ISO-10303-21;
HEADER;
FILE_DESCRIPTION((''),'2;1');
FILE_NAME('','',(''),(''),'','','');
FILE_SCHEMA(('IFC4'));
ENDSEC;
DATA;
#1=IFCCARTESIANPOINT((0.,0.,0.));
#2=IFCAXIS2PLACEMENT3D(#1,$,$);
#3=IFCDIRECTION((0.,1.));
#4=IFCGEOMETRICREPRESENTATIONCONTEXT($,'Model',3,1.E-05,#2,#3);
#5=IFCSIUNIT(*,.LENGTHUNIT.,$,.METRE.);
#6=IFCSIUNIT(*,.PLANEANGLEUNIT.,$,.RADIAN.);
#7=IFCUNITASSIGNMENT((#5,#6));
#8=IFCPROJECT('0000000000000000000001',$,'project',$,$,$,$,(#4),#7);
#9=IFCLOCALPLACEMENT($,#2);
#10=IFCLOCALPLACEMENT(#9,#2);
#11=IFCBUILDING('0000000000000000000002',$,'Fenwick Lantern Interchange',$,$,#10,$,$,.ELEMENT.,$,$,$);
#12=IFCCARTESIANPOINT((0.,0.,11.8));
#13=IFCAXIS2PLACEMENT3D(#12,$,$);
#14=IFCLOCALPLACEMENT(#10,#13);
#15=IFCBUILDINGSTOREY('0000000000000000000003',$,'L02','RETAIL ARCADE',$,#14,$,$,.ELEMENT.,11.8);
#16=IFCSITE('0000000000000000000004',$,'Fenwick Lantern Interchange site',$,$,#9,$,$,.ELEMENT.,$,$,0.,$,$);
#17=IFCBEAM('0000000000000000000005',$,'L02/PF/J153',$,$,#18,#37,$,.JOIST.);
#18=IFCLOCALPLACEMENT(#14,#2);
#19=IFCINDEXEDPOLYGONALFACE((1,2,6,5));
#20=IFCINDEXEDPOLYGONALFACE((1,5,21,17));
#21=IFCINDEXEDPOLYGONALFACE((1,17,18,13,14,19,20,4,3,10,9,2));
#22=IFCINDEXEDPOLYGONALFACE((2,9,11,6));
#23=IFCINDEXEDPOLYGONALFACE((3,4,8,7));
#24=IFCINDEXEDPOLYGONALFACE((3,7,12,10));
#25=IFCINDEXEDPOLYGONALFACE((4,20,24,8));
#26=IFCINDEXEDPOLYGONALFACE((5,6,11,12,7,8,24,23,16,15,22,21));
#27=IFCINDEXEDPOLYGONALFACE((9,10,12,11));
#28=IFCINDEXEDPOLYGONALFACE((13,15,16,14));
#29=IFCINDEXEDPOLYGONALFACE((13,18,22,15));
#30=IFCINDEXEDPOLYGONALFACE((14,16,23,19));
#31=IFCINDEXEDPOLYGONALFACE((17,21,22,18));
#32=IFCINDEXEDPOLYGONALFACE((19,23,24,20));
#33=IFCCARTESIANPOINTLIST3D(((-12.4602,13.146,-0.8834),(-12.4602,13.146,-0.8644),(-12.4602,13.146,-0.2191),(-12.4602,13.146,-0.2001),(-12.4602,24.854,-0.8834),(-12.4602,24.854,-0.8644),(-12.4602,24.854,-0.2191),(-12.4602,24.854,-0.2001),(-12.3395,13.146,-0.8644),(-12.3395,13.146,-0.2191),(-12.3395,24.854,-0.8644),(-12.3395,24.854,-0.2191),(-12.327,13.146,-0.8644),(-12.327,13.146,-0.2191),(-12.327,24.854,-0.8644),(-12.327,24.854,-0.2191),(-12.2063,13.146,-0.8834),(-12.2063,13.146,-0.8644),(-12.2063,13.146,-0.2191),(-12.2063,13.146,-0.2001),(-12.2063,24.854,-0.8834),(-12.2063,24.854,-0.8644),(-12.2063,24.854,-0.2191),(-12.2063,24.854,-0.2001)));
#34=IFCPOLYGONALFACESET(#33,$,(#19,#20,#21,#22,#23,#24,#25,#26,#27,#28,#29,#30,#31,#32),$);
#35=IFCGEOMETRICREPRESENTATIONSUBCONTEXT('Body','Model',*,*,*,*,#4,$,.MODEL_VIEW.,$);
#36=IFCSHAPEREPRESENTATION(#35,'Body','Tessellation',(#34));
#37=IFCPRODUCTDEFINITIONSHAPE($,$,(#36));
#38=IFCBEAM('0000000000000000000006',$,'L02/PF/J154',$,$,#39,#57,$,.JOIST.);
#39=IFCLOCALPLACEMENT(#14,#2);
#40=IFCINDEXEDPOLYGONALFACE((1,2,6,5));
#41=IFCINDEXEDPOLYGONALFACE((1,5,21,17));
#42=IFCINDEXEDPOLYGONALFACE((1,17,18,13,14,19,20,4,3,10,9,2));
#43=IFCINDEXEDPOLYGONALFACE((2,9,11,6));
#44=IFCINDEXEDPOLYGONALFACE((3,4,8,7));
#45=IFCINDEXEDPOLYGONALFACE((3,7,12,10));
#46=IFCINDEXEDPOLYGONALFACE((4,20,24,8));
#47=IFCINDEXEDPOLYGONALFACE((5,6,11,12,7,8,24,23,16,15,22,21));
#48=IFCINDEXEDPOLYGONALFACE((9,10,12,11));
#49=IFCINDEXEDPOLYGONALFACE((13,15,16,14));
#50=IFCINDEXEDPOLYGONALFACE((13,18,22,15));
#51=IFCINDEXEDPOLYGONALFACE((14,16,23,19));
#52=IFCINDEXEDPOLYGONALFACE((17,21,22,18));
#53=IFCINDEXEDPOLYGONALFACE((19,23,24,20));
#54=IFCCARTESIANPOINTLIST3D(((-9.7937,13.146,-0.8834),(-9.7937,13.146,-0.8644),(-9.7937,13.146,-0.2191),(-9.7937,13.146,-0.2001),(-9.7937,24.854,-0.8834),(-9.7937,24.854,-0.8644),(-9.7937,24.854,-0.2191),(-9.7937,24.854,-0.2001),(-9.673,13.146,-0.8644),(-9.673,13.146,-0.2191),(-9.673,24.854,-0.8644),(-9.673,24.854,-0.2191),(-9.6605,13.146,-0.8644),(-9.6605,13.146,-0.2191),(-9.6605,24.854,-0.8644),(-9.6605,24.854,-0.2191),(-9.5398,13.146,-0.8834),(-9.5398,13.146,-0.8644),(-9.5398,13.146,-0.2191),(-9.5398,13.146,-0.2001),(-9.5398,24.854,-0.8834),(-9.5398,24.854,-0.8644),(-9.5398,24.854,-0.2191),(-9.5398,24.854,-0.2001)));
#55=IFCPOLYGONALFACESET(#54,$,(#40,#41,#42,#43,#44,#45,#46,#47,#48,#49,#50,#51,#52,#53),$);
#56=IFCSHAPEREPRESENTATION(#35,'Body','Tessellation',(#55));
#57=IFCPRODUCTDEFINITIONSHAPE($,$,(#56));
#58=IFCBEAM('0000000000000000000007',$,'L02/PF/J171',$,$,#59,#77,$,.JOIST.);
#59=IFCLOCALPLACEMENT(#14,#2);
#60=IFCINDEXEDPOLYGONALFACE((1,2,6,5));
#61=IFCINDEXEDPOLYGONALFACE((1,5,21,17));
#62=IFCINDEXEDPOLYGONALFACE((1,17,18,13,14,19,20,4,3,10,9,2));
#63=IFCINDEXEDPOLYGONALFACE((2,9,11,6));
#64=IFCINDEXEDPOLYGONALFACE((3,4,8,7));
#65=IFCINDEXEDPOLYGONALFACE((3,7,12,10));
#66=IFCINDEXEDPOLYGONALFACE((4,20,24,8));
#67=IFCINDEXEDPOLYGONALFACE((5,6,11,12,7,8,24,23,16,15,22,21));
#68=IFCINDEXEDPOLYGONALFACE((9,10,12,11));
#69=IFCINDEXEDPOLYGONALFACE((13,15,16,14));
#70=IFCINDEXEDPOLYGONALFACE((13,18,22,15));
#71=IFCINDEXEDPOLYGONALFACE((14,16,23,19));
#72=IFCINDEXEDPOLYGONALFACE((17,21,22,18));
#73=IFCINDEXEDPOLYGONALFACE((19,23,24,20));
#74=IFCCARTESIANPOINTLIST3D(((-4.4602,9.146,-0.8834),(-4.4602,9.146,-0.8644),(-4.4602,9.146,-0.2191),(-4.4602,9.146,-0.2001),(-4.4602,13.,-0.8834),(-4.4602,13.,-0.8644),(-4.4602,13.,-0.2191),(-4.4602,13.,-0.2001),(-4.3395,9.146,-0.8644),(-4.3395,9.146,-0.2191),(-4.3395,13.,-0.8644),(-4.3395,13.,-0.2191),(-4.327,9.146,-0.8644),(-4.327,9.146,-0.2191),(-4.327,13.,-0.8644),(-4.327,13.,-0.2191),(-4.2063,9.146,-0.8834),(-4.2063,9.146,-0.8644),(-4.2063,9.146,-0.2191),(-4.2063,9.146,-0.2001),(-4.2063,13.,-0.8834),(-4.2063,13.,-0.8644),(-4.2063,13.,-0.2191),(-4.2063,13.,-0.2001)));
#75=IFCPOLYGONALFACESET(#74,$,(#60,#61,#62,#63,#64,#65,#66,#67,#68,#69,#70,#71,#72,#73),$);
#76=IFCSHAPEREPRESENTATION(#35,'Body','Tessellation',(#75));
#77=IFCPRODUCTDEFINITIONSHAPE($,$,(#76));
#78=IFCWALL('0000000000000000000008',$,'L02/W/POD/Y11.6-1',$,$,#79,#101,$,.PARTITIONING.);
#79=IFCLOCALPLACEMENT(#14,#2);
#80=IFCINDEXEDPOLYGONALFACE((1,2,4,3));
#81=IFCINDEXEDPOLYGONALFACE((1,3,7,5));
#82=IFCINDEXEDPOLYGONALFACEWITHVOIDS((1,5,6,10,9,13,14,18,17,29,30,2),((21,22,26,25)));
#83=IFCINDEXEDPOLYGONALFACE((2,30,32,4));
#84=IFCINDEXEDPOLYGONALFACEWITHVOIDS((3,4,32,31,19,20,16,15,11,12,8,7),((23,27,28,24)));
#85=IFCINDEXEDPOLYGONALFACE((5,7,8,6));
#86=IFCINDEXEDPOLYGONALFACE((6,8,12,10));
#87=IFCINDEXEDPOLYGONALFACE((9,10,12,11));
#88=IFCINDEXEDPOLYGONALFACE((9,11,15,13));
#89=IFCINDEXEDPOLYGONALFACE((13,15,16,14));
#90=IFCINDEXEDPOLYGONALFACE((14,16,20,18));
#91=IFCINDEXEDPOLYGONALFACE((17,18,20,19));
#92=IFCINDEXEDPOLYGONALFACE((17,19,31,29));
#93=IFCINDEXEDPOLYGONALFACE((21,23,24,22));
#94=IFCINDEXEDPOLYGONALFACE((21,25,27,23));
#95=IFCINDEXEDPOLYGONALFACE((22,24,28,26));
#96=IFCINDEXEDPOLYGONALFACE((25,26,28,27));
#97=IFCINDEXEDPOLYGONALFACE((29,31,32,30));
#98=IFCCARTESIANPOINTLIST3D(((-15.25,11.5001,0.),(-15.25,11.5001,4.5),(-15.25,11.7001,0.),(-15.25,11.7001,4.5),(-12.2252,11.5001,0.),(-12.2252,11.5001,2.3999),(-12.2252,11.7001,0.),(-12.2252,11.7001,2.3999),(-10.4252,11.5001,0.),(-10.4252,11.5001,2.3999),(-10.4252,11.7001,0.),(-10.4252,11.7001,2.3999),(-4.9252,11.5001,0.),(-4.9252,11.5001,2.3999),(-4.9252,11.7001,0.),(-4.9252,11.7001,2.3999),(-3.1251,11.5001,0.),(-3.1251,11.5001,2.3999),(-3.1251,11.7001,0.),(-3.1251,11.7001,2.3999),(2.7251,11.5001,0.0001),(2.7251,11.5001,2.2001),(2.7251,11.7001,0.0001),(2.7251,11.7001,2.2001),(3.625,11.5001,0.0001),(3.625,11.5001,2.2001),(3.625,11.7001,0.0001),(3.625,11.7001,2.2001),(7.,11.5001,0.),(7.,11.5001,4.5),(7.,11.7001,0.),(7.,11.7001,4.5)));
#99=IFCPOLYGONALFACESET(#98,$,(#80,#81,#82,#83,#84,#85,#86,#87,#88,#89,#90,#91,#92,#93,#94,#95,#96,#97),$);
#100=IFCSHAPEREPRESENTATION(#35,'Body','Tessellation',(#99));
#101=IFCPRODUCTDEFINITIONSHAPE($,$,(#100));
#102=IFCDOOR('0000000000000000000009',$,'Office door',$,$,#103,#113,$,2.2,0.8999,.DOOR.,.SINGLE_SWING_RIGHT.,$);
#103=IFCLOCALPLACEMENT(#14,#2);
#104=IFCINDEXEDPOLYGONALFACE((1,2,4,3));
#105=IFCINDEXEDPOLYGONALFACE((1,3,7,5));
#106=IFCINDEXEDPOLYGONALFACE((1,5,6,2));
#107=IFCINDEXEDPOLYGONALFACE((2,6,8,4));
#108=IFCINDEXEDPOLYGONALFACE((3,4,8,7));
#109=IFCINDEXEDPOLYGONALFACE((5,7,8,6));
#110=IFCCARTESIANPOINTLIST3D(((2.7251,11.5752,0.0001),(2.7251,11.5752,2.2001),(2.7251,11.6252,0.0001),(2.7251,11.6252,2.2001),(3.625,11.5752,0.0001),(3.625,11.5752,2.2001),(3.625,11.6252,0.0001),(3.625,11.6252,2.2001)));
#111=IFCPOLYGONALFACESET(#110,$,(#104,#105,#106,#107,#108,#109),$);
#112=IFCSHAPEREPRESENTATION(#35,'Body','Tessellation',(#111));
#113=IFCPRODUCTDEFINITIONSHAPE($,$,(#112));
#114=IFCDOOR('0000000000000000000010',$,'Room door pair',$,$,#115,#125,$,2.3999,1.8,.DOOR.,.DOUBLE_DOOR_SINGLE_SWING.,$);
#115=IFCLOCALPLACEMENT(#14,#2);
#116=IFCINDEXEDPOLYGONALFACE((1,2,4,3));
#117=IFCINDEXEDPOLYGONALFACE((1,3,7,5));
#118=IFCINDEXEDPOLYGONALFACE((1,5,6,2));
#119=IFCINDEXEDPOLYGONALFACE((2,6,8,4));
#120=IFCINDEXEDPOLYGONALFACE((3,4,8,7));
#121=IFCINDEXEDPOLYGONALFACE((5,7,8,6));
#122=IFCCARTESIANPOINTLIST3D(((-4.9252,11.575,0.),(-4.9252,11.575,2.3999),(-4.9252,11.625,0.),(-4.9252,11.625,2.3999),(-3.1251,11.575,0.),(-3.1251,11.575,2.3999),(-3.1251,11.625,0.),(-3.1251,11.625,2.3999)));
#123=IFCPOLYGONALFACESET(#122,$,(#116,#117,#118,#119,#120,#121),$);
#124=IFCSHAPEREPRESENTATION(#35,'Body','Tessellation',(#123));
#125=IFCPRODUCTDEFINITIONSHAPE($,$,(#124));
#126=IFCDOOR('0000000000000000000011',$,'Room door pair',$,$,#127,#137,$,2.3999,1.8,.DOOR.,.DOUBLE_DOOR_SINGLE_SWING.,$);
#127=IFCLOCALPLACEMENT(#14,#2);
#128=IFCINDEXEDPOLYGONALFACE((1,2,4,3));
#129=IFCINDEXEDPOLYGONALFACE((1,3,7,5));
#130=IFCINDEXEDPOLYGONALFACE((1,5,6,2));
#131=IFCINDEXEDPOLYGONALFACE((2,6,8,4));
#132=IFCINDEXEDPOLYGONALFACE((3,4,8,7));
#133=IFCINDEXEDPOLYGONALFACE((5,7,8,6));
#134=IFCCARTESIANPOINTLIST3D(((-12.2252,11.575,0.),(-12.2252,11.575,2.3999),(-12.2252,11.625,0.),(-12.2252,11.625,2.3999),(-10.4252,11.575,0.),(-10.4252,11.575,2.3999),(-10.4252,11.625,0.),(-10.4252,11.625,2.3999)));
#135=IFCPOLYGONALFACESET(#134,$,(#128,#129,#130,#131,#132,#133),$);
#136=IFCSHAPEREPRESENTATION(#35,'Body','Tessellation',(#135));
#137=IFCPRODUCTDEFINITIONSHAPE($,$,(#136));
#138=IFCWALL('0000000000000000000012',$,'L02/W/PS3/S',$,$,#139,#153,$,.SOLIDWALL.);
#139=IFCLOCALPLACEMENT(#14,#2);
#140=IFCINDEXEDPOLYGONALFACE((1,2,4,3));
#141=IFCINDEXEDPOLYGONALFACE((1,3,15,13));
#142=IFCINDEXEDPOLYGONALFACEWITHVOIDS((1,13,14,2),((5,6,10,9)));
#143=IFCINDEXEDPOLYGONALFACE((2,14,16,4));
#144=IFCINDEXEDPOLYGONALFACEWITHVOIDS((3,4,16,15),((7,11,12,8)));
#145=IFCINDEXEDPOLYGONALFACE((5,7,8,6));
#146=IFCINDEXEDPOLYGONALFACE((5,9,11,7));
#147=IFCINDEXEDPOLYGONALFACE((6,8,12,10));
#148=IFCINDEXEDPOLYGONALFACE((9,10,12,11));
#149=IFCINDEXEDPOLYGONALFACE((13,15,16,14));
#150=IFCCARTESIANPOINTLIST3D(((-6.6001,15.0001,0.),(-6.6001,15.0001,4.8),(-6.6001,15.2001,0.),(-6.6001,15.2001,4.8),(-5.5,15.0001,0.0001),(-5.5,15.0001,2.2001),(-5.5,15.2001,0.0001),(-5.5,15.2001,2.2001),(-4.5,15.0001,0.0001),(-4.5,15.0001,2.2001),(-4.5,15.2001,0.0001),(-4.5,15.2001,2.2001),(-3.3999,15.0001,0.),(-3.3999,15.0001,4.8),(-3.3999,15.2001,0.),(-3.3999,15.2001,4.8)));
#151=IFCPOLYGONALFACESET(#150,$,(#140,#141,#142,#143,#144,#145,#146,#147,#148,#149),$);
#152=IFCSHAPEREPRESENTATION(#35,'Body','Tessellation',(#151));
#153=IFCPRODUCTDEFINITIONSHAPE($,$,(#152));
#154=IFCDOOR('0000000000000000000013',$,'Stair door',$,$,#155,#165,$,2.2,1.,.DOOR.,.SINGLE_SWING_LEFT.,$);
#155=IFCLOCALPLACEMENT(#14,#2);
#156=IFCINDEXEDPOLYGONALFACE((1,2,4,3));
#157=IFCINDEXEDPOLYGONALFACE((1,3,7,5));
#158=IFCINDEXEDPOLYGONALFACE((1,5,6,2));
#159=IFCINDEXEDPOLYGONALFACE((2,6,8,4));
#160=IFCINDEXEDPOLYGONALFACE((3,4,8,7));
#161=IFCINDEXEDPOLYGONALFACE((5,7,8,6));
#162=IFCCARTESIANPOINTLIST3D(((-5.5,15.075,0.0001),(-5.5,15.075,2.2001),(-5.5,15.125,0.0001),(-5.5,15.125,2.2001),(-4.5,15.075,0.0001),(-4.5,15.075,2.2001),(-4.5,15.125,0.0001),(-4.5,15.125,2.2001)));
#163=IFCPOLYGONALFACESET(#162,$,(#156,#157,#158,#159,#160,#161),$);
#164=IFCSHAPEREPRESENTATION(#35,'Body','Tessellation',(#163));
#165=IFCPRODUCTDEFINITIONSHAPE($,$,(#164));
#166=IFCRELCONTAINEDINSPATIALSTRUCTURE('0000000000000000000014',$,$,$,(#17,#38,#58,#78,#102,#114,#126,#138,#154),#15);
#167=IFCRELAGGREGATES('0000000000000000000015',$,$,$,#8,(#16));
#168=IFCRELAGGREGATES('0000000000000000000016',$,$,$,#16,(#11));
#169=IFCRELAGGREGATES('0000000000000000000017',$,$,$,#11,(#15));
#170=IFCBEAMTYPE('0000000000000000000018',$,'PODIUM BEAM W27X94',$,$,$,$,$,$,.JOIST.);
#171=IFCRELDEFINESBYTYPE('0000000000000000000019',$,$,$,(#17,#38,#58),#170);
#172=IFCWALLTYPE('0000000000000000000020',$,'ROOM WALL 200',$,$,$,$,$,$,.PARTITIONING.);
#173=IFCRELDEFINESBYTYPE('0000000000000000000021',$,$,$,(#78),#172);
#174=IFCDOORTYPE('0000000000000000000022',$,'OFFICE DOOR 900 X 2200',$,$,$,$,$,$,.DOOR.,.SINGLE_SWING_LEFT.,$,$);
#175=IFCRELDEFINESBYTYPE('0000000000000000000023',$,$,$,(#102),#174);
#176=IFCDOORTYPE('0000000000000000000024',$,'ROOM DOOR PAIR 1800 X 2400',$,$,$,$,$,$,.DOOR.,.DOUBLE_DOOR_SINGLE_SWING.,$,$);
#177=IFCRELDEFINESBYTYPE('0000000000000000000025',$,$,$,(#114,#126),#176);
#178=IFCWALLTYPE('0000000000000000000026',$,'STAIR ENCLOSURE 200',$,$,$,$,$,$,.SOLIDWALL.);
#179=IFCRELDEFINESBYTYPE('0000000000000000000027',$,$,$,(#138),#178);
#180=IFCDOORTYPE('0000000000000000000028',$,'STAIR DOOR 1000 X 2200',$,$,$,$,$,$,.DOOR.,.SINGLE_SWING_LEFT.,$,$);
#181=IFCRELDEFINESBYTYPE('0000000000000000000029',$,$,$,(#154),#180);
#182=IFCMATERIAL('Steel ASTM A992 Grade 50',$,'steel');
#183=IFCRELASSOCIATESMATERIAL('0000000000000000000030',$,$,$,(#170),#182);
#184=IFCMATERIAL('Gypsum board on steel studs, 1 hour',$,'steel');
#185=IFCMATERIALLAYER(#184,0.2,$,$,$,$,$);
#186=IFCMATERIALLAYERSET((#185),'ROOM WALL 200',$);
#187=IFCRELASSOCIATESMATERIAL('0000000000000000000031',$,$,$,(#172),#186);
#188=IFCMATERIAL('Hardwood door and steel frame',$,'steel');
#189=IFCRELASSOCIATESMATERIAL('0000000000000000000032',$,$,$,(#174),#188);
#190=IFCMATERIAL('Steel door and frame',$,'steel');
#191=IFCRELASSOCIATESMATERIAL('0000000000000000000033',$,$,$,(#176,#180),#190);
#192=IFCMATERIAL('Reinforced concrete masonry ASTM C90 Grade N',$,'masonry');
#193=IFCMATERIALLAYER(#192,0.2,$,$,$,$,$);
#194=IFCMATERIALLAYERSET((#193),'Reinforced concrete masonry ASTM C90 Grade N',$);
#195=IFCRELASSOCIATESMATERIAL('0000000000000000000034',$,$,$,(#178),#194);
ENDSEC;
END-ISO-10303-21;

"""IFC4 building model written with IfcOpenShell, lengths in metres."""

from ifc_helpers import new_model, si_unit, direction, frame, frame_2d, origin, origin_2d, place, context, subcontext, project, spatial, rectangle, i_section, extrude, material, layer, layer_set, material_profile, profile_set, type_object, element, fill, save


model = new_model("IFC4")

# Units and contexts
model_context = context("Model", 3, precision=1e-05, world=origin(), true_north=direction((0.0, 1.0)))
body_context = subcontext(model_context, "Body", "Model", "MODEL_VIEW")
ifc_project = project(units=[si_unit("LENGTHUNIT", "METRE"), si_unit("PLANEANGLEUNIT", "RADIAN")], contexts=[model_context])

# Site, building, storey
site_placement = place(None, origin())
site = spatial("IfcSite", under=ifc_project, at=site_placement, Name="Fenwick Lantern Interchange site", CompositionType="ELEMENT", RefElevation=0.0)
building_placement = place(site_placement, origin())
building = spatial("IfcBuilding", under=site, at=building_placement, Name="Fenwick Lantern Interchange", CompositionType="ELEMENT")
storey_placement = place(building_placement, frame((0.0, 0.0, 11.8)))
storey = spatial("IfcBuildingStorey", under=building, at=storey_placement, Name="L02", Description="RETAIL ARCADE", CompositionType="ELEMENT", Elevation=11.8)

# Shared definitions
ifc_material_1 = material(Name="Steel ASTM A992 Grade 50", Category="steel")

# Beams
ifc_material_profile_1 = material_profile(ifc_material_1, i_section(OverallWidth=0.2539, OverallDepth=0.6833, WebThickness=0.0125, FlangeThickness=0.019, at=origin_2d()), Name="W27X94")
ifc_profile_set_1 = profile_set([ifc_material_profile_1], Name="Steel ASTM A992 Grade 50")
beam_type_1 = type_object("IfcBeamType", Name="PODIUM BEAM W27X94", PredefinedType="JOIST", material=ifc_profile_set_1)
for number, where, z_axis, x_axis, name in (
    (1, (-12.3333, 13.146, -0.5417), (0.0, 1.0, 0.0), (-1.0, 0.0, 0.0), "L02/PF/J153"),
    (2, (-9.6667, 13.146, -0.5417), (0.0, 1.0, 0.0), (-1.0, 0.0, 0.0), "L02/PF/J154"),
):
    element("IfcBeam", number, at=place(storey_placement, frame(where, z_axis=z_axis, x_axis=x_axis)), inside=storey, type_object=beam_type_1, Name=name, PredefinedType="JOIST", context=body_context, shape_type="SweptSolid", body=[
        extrude(i_section(OverallWidth=0.2539, OverallDepth=0.6833, WebThickness=0.0125, FlangeThickness=0.019, at=origin_2d()), origin(), (0.0, 0.0, 1.0), 11.708),
    ])
beam_placement = place(storey_placement, frame((-4.3333, 9.146, -0.5417), z_axis=(0.0, 1.0, 0.0), x_axis=(-1.0, 0.0, 0.0)))
element("IfcBeam", 3, at=beam_placement, inside=storey, type_object=beam_type_1, Name="L02/PF/J171", PredefinedType="JOIST", context=body_context, shape_type="SweptSolid", body=[
    extrude(i_section(OverallWidth=0.2539, OverallDepth=0.6833, WebThickness=0.0125, FlangeThickness=0.019, at=origin_2d()), origin(), (0.0, 0.0, 1.0), 3.854),
])

# Wall, openings, doors
ifc_material_2 = material(Name="Gypsum board on steel studs, 1 hour", Category="steel")
ifc_layer_1 = layer(ifc_material_2, 0.2)
ifc_layer_set_1 = layer_set([ifc_layer_1], Name="ROOM WALL 200")
wall_type_1 = type_object("IfcWallType", Name="ROOM WALL 200", PredefinedType="PARTITIONING", material=ifc_layer_set_1)
wall_1_placement = place(storey_placement, frame((-15.25, 11.6001, 0.0), z_axis=(0.0, 0.0, 1.0), x_axis=(1.0, 0.0, 0.0)))
wall_1 = element("IfcWall", 4, at=wall_1_placement, inside=storey, type_object=wall_type_1, Name="L02/W/POD/Y11.6-1", PredefinedType="PARTITIONING", context=body_context, shape_type="SweptSolid", body=[
    extrude(rectangle(XDim=22.25, YDim=0.2, at=frame_2d((11.125, 0.0))), origin(), (0.0, 0.0, 1.0), 4.5),
])
opening_1_placement = place(wall_1_placement, frame((10.325, 0.0, 0.0)))
opening_1 = element("IfcOpeningElement", 5, at=opening_1_placement, cuts=wall_1, PredefinedType="OPENING", context=body_context, shape_type="SweptSolid", body=[
    extrude(rectangle(XDim=1.8, YDim=2.3999, at=frame_2d((0.8999, 1.2))), frame((0.0, 0.1099, 0.0), z_axis=(0.0, -1.0, 0.0), x_axis=(1.0, 0.0, 0.0)), (0.0, 0.0, 1.0), 0.22),
])
opening_2_placement = place(wall_1_placement, frame((3.0249, 0.0, 0.0)))
opening_2 = element("IfcOpeningElement", 6, at=opening_2_placement, cuts=wall_1, PredefinedType="OPENING", context=body_context, shape_type="SweptSolid", body=[
    extrude(rectangle(XDim=1.8, YDim=2.3999, at=frame_2d((0.8999, 1.2))), frame((0.0, 0.1099, 0.0), z_axis=(0.0, -1.0, 0.0), x_axis=(1.0, 0.0, 0.0)), (0.0, 0.0, 1.0), 0.22),
])
opening_3_placement = place(wall_1_placement, frame((17.9751, 0.0, 0.0)))
opening_3 = element("IfcOpeningElement", 7, at=opening_3_placement, cuts=wall_1, PredefinedType="OPENING", context=body_context, shape_type="SweptSolid", body=[
    extrude(rectangle(XDim=0.8999, YDim=2.2, at=frame_2d((0.45, 1.1001))), frame((0.0, 0.1099, 0.0), z_axis=(0.0, -1.0, 0.0), x_axis=(1.0, 0.0, 0.0)), (0.0, 0.0, 1.0), 0.22),
])
ifc_material_3 = material(Name="Hardwood door and steel frame", Category="steel")
door_type_1 = type_object("IfcDoorType", Name="OFFICE DOOR 900 X 2200", OperationType="SINGLE_SWING_LEFT", PredefinedType="DOOR", material=ifc_material_3)
door_1_placement = place(opening_3_placement, frame((0.8999, 0.0, 0.0), z_axis=(0.0, 0.0, 1.0), x_axis=(-1.0, 0.0, 0.0)))
door_1 = element("IfcDoor", 8, at=door_1_placement, inside=storey, type_object=door_type_1, Name="Office door", OperationType="SINGLE_SWING_RIGHT", OverallHeight=2.2, OverallWidth=0.8999, PredefinedType="DOOR", context=body_context, shape_type="SweptSolid", body=[
    extrude(rectangle(XDim=0.8999, YDim=2.2, at=frame_2d((0.45, 1.1001))), frame((0.0, 0.0249, 0.0), z_axis=(0.0, -1.0, 0.0), x_axis=(1.0, 0.0, 0.0)), (0.0, 0.0, 1.0), 0.05),
])
fill(opening_3, door_1)
ifc_material_4 = material(Name="Steel door and frame", Category="steel")
door_type_2 = type_object("IfcDoorType", Name="ROOM DOOR PAIR 1800 X 2400", OperationType="DOUBLE_DOOR_SINGLE_SWING", PredefinedType="DOOR", material=ifc_material_4)
door_2_placement = place(opening_1_placement, origin())
door_2 = element("IfcDoor", 9, at=door_2_placement, inside=storey, type_object=door_type_2, Name="Room door pair", OperationType="DOUBLE_DOOR_SINGLE_SWING", OverallHeight=2.3999, OverallWidth=1.8, PredefinedType="DOOR", context=body_context, shape_type="SweptSolid", body=[
    extrude(rectangle(XDim=1.8, YDim=2.3999, at=frame_2d((0.8999, 1.2))), frame((0.0, 0.0249, 0.0), z_axis=(0.0, -1.0, 0.0), x_axis=(1.0, 0.0, 0.0)), (0.0, 0.0, 1.0), 0.05),
])
fill(opening_1, door_2)
door_3_placement = place(opening_2_placement, origin())
door_3 = element("IfcDoor", 10, at=door_3_placement, inside=storey, type_object=door_type_2, Name="Room door pair", OperationType="DOUBLE_DOOR_SINGLE_SWING", OverallHeight=2.3999, OverallWidth=1.8, PredefinedType="DOOR", context=body_context, shape_type="SweptSolid", body=[
    extrude(rectangle(XDim=1.8, YDim=2.3999, at=frame_2d((0.8999, 1.2))), frame((0.0, 0.0249, 0.0), z_axis=(0.0, -1.0, 0.0), x_axis=(1.0, 0.0, 0.0)), (0.0, 0.0, 1.0), 0.05),
])
fill(opening_2, door_3)

# Wall, opening, door
ifc_material_5 = material(Name="Reinforced concrete masonry ASTM C90 Grade N", Category="masonry")
ifc_layer_2 = layer(ifc_material_5, 0.2)
ifc_layer_set_2 = layer_set([ifc_layer_2], Name="Reinforced concrete masonry ASTM C90 Grade N")
wall_type_2 = type_object("IfcWallType", Name="STAIR ENCLOSURE 200", PredefinedType="SOLIDWALL", material=ifc_layer_set_2)
wall_2_placement = place(storey_placement, frame((-6.6001, 15.1001, 0.0), z_axis=(0.0, 0.0, 1.0), x_axis=(1.0, 0.0, 0.0)))
wall_2 = element("IfcWall", 11, at=wall_2_placement, inside=storey, type_object=wall_type_2, Name="L02/W/PS3/S", PredefinedType="SOLIDWALL", context=body_context, shape_type="SweptSolid", body=[
    extrude(rectangle(XDim=3.2002, YDim=0.2, at=frame_2d((1.6001, 0.0))), origin(), (0.0, 0.0, 1.0), 4.8),
])
opening_4_placement = place(wall_2_placement, frame((1.1001, 0.0, 0.0)))
opening_4 = element("IfcOpeningElement", 12, at=opening_4_placement, cuts=wall_2, PredefinedType="OPENING", context=body_context, shape_type="SweptSolid", body=[
    extrude(rectangle(XDim=1.0, YDim=2.2, at=frame_2d((0.5, 1.1001))), frame((0.0, 0.1099, 0.0), z_axis=(0.0, -1.0, 0.0), x_axis=(1.0, 0.0, 0.0)), (0.0, 0.0, 1.0), 0.22),
])
door_type_3 = type_object("IfcDoorType", Name="STAIR DOOR 1000 X 2200", OperationType="SINGLE_SWING_LEFT", PredefinedType="DOOR", material=ifc_material_4)
door_4_placement = place(opening_4_placement, origin())
door_4 = element("IfcDoor", 13, at=door_4_placement, inside=storey, type_object=door_type_3, Name="Stair door", OperationType="SINGLE_SWING_LEFT", OverallHeight=2.2, OverallWidth=1.0, PredefinedType="DOOR", context=body_context, shape_type="SweptSolid", body=[
    extrude(rectangle(XDim=1.0, YDim=2.2, at=frame_2d((0.5, 1.1001))), frame((0.0, 0.0249, 0.0), z_axis=(0.0, -1.0, 0.0), x_axis=(1.0, 0.0, 0.0)), (0.0, 0.0, 1.0), 0.05),
])
fill(opening_4, door_4)

save(model, "model.ifc")
